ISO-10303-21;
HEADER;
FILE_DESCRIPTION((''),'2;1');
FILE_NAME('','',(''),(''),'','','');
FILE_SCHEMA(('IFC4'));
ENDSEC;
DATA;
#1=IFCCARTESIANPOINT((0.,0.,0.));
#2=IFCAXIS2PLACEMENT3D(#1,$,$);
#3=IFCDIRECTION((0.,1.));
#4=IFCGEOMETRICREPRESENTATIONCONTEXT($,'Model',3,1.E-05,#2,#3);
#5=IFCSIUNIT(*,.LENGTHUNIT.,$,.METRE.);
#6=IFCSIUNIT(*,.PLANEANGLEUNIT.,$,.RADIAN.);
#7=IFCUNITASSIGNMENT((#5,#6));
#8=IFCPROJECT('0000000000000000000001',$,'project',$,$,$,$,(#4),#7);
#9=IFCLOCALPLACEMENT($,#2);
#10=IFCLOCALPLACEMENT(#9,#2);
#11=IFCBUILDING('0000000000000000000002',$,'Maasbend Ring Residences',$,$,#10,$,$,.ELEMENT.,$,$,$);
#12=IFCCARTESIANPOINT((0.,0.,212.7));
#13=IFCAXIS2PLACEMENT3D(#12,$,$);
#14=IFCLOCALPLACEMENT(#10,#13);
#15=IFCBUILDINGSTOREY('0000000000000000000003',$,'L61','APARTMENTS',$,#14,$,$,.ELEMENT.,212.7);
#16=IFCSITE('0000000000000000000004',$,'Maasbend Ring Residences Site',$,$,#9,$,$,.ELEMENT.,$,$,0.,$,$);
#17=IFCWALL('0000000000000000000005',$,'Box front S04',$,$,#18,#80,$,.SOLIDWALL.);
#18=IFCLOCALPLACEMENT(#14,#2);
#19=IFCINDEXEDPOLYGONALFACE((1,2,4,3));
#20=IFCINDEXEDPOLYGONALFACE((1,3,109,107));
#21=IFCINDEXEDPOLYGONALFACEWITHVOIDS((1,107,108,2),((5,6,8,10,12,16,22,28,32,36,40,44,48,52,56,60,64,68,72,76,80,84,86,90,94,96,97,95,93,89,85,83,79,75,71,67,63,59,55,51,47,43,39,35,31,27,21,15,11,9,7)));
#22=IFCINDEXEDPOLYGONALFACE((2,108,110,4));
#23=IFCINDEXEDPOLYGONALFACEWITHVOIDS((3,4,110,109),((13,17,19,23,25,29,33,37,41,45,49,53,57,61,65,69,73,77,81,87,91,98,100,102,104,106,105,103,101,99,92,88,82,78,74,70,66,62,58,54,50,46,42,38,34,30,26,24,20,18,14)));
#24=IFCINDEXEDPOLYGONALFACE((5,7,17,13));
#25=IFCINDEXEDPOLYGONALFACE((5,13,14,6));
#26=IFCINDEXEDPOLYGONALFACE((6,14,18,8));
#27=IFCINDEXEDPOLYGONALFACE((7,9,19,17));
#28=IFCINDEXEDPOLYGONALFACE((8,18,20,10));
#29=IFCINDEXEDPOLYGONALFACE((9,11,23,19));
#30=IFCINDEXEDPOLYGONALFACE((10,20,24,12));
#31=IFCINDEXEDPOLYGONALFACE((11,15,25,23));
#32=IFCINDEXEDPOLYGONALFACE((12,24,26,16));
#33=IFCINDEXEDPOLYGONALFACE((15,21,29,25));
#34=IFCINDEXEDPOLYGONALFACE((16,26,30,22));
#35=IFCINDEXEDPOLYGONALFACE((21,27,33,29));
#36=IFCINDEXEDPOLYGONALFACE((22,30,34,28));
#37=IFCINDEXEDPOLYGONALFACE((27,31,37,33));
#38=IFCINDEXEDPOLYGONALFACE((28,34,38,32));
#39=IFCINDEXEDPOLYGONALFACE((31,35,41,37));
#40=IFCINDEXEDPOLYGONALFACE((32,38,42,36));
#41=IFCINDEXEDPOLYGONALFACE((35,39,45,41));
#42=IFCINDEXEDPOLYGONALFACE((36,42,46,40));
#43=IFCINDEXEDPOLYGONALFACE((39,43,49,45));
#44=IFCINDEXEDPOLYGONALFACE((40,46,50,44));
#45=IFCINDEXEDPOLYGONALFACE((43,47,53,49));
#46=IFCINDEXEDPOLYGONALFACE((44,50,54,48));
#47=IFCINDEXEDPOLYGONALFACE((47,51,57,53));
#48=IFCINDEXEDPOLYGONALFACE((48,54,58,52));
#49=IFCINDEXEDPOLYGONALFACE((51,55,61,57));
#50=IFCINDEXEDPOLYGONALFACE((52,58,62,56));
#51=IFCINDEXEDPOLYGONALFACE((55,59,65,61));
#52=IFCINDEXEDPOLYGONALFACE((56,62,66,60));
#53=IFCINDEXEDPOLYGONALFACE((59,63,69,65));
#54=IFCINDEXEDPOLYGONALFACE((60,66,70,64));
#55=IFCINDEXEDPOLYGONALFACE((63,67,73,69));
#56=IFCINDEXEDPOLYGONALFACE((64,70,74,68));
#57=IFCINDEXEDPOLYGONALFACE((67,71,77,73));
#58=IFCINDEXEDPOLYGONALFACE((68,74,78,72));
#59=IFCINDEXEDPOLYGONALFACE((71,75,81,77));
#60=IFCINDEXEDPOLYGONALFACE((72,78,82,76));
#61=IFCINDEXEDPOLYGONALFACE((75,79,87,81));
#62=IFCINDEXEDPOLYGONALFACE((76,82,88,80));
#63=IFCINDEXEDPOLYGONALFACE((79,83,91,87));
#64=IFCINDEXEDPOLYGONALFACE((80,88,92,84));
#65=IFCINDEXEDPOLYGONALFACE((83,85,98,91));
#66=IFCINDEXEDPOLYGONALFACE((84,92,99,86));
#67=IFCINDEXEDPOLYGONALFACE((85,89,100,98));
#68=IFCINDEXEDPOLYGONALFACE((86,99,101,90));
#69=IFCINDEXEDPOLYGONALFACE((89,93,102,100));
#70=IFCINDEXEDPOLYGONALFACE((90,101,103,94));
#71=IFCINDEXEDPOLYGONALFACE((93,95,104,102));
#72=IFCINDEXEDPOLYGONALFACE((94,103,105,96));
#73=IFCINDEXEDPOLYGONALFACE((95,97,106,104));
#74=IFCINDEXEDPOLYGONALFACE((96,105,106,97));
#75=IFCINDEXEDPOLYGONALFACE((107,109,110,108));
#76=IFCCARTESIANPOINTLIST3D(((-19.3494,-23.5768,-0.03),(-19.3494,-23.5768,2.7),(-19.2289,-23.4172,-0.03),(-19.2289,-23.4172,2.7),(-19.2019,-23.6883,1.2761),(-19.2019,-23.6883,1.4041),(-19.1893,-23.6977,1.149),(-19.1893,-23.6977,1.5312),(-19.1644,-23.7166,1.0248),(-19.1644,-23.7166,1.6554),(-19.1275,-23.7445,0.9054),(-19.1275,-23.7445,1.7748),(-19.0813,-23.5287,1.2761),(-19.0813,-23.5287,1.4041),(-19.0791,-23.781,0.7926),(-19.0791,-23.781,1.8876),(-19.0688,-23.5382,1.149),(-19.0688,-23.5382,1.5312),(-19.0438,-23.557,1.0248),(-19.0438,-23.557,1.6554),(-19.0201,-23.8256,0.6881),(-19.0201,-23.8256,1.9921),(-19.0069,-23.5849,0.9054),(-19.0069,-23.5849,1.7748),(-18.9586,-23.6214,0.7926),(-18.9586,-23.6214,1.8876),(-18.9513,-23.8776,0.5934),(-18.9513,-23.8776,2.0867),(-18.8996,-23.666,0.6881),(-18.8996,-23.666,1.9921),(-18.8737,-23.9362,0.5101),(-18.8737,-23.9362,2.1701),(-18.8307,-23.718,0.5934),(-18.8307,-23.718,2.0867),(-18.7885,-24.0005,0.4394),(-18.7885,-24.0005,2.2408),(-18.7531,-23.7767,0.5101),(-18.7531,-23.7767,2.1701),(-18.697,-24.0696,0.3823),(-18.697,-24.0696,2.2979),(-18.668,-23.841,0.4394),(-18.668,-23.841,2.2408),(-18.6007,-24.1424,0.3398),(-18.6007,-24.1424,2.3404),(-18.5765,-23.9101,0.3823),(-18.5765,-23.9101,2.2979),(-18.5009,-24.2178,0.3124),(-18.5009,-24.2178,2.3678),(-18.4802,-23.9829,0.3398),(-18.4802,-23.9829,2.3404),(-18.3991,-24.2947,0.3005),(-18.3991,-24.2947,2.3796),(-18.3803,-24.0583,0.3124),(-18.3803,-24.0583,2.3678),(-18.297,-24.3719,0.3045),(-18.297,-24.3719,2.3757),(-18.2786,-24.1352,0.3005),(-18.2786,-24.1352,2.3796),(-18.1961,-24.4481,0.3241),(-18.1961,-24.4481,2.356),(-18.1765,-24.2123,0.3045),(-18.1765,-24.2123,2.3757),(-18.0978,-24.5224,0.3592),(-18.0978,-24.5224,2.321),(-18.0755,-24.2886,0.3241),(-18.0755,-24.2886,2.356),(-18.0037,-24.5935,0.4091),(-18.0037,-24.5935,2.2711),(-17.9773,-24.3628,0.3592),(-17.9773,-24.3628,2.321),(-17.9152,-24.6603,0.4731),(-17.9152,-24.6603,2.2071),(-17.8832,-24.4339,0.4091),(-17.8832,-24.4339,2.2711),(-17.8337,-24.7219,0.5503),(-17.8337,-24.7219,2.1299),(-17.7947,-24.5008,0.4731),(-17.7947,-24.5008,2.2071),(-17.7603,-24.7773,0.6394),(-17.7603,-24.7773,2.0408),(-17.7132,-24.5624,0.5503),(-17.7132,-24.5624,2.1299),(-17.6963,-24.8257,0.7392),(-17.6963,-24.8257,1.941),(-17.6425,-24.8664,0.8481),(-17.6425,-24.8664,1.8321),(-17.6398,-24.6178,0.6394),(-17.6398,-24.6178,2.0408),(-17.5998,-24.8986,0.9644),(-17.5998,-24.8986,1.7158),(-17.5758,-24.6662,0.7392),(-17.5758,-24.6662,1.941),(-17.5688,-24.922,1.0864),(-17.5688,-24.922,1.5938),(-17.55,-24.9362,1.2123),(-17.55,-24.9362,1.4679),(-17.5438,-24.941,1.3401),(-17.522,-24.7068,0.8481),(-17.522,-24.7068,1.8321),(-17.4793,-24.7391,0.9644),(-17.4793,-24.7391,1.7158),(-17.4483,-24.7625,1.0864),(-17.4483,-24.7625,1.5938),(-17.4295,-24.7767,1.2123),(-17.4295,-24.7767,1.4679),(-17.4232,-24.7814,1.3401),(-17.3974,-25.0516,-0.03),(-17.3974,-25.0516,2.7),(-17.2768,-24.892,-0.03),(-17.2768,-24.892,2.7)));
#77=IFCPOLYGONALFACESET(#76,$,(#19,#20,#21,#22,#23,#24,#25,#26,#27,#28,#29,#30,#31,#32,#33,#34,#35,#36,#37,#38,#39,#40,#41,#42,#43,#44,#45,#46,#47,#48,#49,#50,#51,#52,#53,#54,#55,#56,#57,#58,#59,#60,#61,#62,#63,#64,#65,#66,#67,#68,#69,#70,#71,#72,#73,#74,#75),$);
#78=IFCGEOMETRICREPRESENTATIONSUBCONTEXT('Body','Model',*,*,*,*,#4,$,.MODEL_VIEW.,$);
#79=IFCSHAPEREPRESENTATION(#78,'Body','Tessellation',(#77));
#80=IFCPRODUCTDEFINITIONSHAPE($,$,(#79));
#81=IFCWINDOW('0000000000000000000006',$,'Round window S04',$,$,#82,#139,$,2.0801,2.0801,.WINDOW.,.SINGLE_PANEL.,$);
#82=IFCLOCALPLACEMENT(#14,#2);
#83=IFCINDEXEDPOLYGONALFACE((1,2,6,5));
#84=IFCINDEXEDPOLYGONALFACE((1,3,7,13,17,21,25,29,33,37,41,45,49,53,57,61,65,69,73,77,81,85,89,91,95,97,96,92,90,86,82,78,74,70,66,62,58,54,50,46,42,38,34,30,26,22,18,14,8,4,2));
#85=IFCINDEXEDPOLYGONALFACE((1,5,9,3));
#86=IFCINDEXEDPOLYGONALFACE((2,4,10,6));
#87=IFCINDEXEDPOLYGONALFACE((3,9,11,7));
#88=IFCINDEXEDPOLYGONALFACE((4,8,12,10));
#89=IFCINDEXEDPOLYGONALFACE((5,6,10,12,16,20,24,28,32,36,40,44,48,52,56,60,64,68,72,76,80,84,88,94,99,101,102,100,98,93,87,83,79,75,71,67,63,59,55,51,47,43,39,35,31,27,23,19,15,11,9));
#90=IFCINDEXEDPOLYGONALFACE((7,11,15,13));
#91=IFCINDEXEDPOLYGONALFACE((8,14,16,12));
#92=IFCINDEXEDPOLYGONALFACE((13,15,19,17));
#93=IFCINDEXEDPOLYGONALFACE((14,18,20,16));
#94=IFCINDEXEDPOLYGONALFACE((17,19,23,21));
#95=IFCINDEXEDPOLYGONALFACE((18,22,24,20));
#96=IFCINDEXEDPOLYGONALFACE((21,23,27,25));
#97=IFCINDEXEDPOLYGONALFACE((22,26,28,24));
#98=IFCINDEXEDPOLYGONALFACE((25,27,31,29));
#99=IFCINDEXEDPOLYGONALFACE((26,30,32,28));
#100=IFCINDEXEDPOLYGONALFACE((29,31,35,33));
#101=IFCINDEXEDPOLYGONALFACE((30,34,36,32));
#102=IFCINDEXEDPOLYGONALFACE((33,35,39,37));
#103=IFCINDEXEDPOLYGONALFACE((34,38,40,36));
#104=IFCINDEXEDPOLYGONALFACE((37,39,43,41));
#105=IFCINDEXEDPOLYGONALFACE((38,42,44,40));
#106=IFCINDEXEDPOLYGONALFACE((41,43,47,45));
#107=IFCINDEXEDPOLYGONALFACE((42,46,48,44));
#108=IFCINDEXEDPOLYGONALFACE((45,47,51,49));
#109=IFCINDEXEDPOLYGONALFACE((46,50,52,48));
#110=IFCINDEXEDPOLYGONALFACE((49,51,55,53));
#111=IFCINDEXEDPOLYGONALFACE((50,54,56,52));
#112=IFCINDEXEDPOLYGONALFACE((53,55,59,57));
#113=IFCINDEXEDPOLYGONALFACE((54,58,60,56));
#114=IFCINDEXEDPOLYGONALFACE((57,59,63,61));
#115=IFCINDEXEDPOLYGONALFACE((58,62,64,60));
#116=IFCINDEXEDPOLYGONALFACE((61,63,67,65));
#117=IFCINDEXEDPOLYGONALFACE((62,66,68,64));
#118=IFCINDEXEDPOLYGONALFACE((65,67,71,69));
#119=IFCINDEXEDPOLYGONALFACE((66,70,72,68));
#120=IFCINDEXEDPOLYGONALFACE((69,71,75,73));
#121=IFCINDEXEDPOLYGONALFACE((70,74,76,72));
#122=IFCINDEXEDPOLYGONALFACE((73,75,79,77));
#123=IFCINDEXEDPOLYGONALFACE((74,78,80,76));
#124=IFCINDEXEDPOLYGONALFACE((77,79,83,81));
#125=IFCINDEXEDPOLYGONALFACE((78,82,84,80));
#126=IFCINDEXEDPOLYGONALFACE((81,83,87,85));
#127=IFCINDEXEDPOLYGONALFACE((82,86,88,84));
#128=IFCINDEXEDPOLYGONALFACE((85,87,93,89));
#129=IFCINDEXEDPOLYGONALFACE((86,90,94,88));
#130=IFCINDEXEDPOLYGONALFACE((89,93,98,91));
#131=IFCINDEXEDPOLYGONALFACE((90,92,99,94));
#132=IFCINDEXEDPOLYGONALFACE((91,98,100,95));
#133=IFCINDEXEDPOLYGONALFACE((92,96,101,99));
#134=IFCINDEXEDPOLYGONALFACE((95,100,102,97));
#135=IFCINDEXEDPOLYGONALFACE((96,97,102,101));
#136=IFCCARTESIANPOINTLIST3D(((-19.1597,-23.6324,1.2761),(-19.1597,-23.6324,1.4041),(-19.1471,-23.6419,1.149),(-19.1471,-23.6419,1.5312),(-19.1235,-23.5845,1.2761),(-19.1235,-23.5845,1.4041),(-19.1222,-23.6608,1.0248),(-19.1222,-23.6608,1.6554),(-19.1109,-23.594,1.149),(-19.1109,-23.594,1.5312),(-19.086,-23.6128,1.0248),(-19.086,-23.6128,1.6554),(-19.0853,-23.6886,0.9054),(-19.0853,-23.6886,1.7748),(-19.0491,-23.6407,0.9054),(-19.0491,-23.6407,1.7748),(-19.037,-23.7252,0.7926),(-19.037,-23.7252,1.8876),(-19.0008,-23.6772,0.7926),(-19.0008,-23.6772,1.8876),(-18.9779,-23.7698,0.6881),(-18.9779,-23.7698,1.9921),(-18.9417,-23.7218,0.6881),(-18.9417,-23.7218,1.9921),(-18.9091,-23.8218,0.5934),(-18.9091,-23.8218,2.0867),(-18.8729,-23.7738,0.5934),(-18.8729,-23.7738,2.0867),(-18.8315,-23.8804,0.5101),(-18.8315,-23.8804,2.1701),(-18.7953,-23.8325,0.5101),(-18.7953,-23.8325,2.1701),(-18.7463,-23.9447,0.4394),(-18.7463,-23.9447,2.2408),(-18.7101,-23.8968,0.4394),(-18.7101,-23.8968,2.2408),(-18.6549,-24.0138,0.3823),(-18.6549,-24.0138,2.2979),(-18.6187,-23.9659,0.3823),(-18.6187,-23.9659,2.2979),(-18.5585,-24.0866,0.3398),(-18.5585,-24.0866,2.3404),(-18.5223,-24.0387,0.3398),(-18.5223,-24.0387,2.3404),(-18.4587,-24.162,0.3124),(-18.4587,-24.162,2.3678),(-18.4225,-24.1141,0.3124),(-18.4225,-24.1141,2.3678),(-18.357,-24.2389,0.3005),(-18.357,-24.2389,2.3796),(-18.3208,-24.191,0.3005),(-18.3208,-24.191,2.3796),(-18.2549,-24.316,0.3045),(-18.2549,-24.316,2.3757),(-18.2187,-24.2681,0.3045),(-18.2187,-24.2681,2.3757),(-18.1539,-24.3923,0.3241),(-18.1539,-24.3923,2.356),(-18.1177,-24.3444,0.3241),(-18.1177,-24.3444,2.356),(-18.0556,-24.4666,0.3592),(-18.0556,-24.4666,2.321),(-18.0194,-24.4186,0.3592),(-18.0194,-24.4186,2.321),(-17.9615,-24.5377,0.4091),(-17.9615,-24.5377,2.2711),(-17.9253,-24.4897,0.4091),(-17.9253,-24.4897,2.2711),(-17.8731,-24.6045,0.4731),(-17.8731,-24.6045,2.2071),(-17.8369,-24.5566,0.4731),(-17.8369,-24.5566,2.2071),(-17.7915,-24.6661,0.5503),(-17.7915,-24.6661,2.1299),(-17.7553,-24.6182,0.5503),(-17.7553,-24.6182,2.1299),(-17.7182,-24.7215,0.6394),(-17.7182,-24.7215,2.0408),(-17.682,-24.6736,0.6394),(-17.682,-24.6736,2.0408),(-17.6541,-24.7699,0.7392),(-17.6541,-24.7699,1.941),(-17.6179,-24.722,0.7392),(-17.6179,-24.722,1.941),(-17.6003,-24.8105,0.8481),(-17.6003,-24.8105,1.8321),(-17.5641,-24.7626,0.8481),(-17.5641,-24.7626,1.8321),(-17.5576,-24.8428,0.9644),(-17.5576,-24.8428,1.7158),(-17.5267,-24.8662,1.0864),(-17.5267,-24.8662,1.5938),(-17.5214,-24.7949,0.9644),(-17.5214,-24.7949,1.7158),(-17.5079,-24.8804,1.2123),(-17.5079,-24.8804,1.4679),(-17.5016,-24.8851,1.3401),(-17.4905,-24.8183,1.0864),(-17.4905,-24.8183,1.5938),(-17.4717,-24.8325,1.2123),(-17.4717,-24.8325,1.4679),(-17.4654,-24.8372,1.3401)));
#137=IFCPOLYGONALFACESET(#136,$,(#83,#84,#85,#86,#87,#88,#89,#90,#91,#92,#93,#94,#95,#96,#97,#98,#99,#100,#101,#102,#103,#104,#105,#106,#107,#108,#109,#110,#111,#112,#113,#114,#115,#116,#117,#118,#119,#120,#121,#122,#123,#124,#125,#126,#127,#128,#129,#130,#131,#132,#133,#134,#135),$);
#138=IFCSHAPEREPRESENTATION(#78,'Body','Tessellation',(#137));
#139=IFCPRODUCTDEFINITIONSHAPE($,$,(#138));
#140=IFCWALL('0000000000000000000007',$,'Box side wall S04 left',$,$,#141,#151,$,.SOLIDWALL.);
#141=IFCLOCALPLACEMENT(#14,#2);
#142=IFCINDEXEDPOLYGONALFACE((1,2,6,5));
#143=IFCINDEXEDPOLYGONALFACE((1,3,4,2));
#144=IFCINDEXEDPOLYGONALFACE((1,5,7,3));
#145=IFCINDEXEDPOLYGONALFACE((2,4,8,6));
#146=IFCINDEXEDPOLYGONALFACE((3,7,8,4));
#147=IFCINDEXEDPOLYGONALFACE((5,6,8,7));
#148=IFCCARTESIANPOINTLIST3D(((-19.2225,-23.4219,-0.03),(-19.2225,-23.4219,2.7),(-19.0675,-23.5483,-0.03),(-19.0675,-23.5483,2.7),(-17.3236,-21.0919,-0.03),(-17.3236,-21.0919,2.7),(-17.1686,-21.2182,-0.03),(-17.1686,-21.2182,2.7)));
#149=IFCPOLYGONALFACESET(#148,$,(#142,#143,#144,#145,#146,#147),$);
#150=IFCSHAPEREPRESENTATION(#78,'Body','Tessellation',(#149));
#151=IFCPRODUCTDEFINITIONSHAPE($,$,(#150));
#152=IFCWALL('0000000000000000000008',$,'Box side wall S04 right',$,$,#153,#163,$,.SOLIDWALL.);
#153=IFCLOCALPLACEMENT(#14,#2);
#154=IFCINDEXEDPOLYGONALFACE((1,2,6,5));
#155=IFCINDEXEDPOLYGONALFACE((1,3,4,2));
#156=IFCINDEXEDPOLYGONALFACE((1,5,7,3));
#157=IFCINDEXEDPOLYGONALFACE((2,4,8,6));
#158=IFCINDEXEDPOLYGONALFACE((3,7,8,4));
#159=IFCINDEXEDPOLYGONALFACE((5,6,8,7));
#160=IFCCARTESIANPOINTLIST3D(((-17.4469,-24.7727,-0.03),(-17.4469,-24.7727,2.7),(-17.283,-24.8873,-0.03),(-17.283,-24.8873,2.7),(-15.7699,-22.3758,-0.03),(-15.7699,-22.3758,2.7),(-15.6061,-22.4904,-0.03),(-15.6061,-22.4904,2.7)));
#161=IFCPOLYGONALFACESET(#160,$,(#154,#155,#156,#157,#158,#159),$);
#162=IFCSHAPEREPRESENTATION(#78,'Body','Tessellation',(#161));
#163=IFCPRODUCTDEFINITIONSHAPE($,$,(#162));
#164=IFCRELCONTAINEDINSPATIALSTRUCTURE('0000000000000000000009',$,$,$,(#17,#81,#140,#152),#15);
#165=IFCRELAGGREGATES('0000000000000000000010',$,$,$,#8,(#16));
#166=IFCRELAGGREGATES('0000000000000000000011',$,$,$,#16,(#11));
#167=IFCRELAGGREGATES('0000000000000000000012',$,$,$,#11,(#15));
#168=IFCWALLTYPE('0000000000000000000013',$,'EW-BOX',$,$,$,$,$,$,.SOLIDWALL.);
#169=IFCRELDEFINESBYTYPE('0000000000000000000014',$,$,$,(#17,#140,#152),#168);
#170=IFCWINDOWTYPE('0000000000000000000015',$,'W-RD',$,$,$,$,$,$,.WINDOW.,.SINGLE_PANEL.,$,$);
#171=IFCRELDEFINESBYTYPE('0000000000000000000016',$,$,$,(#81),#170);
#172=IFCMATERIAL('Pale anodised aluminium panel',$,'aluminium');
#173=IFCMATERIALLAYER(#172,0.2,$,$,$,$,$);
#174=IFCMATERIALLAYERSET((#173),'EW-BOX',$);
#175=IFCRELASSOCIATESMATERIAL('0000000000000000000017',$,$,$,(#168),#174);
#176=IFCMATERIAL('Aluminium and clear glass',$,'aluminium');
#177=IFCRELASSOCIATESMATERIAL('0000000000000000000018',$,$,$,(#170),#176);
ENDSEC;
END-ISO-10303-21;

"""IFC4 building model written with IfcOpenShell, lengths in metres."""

from ifc_helpers import new_model, si_unit, direction, frame, frame_2d, origin, place, context, subcontext, project, spatial, rectangle, circle, extrude, material, layer, layer_set, type_object, element, fill, save


model = new_model("IFC4")

# Units and contexts
model_context = context("Model", 3, precision=1e-05, world=origin(), true_north=direction((0.0, 1.0)))
body_context = subcontext(model_context, "Body", "Model", "MODEL_VIEW")
ifc_project = project(units=[si_unit("LENGTHUNIT", "METRE"), si_unit("PLANEANGLEUNIT", "RADIAN")], contexts=[model_context])

# Site, building, storey
site_placement = place(None, origin())
site = spatial("IfcSite", under=ifc_project, at=site_placement, Name="Maasbend Ring Residences Site", CompositionType="ELEMENT", RefElevation=0.0)
building_placement = place(site_placement, origin())
building = spatial("IfcBuilding", under=site, at=building_placement, Name="Maasbend Ring Residences", CompositionType="ELEMENT")
storey_placement = place(building_placement, frame((0.0, 0.0, 212.7)))
storey = spatial("IfcBuildingStorey", under=building, at=storey_placement, Name="L61", Description="APARTMENTS", CompositionType="ELEMENT", Elevation=212.7)

# Shared definitions
ifc_material_1 = material(Name="Pale anodised aluminium panel", Category="aluminium")
ifc_layer_1 = layer(ifc_material_1, 0.2)
ifc_layer_set_1 = layer_set([ifc_layer_1], Name="EW-BOX")
wall_type_1 = type_object("IfcWallType", Name="EW-BOX", PredefinedType="SOLIDWALL", material=ifc_layer_set_1)
ifc_material_2 = material(Name="Aluminium and clear glass", Category="aluminium")
window_type_1 = type_object("IfcWindowType", Name="W-RD", PartitioningType="SINGLE_PANEL", PredefinedType="WINDOW", material=ifc_material_2)

# Wall, opening, window
wall_1_placement = place(storey_placement, frame((-19.2891, -23.4971, -0.03), z_axis=(0.0, 0.0, 1.0), x_axis=(0.797888, -0.602806, 0.0)))
wall_1 = element("IfcWall", 1, at=wall_1_placement, inside=storey, type_object=wall_type_1, Name="Box front S04", PredefinedType="SOLIDWALL", context=body_context, shape_type="SweptSolid", body=[
    extrude(rectangle(XDim=2.4465, YDim=0.2, at=frame_2d((1.2231, 0.0))), origin(), (0.0, 0.0, 1.0), 2.73),
])
opening_1_placement = place(wall_1_placement, frame((0.1829, 0.0, 0.3301)))
opening_1 = element("IfcOpeningElement", 2, at=opening_1_placement, cuts=wall_1, PredefinedType="OPENING", context=body_context, shape_type="SweptSolid", body=[
    extrude(circle(Radius=1.04, at=frame_2d((1.04, 1.04))), frame((0.0, 0.1099, 0.0), z_axis=(0.0, -1.0, 0.0), x_axis=(1.0, 0.0, 0.0)), (0.0, 0.0, 1.0), 0.22),
])
window_1_placement = place(opening_1_placement, origin())
window_1 = element("IfcWindow", 3, at=window_1_placement, inside=storey, type_object=window_type_1, Name="Round window S04", OverallHeight=2.0801, OverallWidth=2.0801, PartitioningType="SINGLE_PANEL", PredefinedType="WINDOW", context=body_context, shape_type="SweptSolid", body=[
    extrude(circle(Radius=1.04, at=frame_2d((1.04, 1.04))), frame((0.0, 0.03, 0.0), z_axis=(0.0, -1.0, 0.0), x_axis=(1.0, 0.0, 0.0)), (0.0, 0.0, 1.0), 0.0601),
])
fill(opening_1, window_1)

# Walls
wall_2_placement = place(storey_placement, frame((-17.2461, -21.155, -0.03), z_axis=(0.0, 0.0, 1.0), x_axis=(-0.631742, -0.775179, 0.0)))
element("IfcWall", 4, at=wall_2_placement, inside=storey, type_object=wall_type_1, Name="Box side wall S04 left", PredefinedType="SOLIDWALL", context=body_context, shape_type="SweptSolid", body=[
    extrude(rectangle(XDim=3.0059, YDim=0.2, at=frame_2d((1.5029, 0.0))), origin(), (0.0, 0.0, 1.0), 2.73),
])
wall_3_placement = place(storey_placement, frame((-15.688, -22.4331, -0.03), z_axis=(0.0, 0.0, 1.0), x_axis=(-0.573261, -0.819373, 0.0)))
element("IfcWall", 5, at=wall_3_placement, inside=storey, type_object=wall_type_1, Name="Box side wall S04 right", PredefinedType="SOLIDWALL", context=body_context, shape_type="SweptSolid", body=[
    extrude(rectangle(XDim=2.9253, YDim=0.2, at=frame_2d((1.4626, 0.0))), origin(), (0.0, 0.0, 1.0), 2.73),
])

save(model, "model.ifc")
